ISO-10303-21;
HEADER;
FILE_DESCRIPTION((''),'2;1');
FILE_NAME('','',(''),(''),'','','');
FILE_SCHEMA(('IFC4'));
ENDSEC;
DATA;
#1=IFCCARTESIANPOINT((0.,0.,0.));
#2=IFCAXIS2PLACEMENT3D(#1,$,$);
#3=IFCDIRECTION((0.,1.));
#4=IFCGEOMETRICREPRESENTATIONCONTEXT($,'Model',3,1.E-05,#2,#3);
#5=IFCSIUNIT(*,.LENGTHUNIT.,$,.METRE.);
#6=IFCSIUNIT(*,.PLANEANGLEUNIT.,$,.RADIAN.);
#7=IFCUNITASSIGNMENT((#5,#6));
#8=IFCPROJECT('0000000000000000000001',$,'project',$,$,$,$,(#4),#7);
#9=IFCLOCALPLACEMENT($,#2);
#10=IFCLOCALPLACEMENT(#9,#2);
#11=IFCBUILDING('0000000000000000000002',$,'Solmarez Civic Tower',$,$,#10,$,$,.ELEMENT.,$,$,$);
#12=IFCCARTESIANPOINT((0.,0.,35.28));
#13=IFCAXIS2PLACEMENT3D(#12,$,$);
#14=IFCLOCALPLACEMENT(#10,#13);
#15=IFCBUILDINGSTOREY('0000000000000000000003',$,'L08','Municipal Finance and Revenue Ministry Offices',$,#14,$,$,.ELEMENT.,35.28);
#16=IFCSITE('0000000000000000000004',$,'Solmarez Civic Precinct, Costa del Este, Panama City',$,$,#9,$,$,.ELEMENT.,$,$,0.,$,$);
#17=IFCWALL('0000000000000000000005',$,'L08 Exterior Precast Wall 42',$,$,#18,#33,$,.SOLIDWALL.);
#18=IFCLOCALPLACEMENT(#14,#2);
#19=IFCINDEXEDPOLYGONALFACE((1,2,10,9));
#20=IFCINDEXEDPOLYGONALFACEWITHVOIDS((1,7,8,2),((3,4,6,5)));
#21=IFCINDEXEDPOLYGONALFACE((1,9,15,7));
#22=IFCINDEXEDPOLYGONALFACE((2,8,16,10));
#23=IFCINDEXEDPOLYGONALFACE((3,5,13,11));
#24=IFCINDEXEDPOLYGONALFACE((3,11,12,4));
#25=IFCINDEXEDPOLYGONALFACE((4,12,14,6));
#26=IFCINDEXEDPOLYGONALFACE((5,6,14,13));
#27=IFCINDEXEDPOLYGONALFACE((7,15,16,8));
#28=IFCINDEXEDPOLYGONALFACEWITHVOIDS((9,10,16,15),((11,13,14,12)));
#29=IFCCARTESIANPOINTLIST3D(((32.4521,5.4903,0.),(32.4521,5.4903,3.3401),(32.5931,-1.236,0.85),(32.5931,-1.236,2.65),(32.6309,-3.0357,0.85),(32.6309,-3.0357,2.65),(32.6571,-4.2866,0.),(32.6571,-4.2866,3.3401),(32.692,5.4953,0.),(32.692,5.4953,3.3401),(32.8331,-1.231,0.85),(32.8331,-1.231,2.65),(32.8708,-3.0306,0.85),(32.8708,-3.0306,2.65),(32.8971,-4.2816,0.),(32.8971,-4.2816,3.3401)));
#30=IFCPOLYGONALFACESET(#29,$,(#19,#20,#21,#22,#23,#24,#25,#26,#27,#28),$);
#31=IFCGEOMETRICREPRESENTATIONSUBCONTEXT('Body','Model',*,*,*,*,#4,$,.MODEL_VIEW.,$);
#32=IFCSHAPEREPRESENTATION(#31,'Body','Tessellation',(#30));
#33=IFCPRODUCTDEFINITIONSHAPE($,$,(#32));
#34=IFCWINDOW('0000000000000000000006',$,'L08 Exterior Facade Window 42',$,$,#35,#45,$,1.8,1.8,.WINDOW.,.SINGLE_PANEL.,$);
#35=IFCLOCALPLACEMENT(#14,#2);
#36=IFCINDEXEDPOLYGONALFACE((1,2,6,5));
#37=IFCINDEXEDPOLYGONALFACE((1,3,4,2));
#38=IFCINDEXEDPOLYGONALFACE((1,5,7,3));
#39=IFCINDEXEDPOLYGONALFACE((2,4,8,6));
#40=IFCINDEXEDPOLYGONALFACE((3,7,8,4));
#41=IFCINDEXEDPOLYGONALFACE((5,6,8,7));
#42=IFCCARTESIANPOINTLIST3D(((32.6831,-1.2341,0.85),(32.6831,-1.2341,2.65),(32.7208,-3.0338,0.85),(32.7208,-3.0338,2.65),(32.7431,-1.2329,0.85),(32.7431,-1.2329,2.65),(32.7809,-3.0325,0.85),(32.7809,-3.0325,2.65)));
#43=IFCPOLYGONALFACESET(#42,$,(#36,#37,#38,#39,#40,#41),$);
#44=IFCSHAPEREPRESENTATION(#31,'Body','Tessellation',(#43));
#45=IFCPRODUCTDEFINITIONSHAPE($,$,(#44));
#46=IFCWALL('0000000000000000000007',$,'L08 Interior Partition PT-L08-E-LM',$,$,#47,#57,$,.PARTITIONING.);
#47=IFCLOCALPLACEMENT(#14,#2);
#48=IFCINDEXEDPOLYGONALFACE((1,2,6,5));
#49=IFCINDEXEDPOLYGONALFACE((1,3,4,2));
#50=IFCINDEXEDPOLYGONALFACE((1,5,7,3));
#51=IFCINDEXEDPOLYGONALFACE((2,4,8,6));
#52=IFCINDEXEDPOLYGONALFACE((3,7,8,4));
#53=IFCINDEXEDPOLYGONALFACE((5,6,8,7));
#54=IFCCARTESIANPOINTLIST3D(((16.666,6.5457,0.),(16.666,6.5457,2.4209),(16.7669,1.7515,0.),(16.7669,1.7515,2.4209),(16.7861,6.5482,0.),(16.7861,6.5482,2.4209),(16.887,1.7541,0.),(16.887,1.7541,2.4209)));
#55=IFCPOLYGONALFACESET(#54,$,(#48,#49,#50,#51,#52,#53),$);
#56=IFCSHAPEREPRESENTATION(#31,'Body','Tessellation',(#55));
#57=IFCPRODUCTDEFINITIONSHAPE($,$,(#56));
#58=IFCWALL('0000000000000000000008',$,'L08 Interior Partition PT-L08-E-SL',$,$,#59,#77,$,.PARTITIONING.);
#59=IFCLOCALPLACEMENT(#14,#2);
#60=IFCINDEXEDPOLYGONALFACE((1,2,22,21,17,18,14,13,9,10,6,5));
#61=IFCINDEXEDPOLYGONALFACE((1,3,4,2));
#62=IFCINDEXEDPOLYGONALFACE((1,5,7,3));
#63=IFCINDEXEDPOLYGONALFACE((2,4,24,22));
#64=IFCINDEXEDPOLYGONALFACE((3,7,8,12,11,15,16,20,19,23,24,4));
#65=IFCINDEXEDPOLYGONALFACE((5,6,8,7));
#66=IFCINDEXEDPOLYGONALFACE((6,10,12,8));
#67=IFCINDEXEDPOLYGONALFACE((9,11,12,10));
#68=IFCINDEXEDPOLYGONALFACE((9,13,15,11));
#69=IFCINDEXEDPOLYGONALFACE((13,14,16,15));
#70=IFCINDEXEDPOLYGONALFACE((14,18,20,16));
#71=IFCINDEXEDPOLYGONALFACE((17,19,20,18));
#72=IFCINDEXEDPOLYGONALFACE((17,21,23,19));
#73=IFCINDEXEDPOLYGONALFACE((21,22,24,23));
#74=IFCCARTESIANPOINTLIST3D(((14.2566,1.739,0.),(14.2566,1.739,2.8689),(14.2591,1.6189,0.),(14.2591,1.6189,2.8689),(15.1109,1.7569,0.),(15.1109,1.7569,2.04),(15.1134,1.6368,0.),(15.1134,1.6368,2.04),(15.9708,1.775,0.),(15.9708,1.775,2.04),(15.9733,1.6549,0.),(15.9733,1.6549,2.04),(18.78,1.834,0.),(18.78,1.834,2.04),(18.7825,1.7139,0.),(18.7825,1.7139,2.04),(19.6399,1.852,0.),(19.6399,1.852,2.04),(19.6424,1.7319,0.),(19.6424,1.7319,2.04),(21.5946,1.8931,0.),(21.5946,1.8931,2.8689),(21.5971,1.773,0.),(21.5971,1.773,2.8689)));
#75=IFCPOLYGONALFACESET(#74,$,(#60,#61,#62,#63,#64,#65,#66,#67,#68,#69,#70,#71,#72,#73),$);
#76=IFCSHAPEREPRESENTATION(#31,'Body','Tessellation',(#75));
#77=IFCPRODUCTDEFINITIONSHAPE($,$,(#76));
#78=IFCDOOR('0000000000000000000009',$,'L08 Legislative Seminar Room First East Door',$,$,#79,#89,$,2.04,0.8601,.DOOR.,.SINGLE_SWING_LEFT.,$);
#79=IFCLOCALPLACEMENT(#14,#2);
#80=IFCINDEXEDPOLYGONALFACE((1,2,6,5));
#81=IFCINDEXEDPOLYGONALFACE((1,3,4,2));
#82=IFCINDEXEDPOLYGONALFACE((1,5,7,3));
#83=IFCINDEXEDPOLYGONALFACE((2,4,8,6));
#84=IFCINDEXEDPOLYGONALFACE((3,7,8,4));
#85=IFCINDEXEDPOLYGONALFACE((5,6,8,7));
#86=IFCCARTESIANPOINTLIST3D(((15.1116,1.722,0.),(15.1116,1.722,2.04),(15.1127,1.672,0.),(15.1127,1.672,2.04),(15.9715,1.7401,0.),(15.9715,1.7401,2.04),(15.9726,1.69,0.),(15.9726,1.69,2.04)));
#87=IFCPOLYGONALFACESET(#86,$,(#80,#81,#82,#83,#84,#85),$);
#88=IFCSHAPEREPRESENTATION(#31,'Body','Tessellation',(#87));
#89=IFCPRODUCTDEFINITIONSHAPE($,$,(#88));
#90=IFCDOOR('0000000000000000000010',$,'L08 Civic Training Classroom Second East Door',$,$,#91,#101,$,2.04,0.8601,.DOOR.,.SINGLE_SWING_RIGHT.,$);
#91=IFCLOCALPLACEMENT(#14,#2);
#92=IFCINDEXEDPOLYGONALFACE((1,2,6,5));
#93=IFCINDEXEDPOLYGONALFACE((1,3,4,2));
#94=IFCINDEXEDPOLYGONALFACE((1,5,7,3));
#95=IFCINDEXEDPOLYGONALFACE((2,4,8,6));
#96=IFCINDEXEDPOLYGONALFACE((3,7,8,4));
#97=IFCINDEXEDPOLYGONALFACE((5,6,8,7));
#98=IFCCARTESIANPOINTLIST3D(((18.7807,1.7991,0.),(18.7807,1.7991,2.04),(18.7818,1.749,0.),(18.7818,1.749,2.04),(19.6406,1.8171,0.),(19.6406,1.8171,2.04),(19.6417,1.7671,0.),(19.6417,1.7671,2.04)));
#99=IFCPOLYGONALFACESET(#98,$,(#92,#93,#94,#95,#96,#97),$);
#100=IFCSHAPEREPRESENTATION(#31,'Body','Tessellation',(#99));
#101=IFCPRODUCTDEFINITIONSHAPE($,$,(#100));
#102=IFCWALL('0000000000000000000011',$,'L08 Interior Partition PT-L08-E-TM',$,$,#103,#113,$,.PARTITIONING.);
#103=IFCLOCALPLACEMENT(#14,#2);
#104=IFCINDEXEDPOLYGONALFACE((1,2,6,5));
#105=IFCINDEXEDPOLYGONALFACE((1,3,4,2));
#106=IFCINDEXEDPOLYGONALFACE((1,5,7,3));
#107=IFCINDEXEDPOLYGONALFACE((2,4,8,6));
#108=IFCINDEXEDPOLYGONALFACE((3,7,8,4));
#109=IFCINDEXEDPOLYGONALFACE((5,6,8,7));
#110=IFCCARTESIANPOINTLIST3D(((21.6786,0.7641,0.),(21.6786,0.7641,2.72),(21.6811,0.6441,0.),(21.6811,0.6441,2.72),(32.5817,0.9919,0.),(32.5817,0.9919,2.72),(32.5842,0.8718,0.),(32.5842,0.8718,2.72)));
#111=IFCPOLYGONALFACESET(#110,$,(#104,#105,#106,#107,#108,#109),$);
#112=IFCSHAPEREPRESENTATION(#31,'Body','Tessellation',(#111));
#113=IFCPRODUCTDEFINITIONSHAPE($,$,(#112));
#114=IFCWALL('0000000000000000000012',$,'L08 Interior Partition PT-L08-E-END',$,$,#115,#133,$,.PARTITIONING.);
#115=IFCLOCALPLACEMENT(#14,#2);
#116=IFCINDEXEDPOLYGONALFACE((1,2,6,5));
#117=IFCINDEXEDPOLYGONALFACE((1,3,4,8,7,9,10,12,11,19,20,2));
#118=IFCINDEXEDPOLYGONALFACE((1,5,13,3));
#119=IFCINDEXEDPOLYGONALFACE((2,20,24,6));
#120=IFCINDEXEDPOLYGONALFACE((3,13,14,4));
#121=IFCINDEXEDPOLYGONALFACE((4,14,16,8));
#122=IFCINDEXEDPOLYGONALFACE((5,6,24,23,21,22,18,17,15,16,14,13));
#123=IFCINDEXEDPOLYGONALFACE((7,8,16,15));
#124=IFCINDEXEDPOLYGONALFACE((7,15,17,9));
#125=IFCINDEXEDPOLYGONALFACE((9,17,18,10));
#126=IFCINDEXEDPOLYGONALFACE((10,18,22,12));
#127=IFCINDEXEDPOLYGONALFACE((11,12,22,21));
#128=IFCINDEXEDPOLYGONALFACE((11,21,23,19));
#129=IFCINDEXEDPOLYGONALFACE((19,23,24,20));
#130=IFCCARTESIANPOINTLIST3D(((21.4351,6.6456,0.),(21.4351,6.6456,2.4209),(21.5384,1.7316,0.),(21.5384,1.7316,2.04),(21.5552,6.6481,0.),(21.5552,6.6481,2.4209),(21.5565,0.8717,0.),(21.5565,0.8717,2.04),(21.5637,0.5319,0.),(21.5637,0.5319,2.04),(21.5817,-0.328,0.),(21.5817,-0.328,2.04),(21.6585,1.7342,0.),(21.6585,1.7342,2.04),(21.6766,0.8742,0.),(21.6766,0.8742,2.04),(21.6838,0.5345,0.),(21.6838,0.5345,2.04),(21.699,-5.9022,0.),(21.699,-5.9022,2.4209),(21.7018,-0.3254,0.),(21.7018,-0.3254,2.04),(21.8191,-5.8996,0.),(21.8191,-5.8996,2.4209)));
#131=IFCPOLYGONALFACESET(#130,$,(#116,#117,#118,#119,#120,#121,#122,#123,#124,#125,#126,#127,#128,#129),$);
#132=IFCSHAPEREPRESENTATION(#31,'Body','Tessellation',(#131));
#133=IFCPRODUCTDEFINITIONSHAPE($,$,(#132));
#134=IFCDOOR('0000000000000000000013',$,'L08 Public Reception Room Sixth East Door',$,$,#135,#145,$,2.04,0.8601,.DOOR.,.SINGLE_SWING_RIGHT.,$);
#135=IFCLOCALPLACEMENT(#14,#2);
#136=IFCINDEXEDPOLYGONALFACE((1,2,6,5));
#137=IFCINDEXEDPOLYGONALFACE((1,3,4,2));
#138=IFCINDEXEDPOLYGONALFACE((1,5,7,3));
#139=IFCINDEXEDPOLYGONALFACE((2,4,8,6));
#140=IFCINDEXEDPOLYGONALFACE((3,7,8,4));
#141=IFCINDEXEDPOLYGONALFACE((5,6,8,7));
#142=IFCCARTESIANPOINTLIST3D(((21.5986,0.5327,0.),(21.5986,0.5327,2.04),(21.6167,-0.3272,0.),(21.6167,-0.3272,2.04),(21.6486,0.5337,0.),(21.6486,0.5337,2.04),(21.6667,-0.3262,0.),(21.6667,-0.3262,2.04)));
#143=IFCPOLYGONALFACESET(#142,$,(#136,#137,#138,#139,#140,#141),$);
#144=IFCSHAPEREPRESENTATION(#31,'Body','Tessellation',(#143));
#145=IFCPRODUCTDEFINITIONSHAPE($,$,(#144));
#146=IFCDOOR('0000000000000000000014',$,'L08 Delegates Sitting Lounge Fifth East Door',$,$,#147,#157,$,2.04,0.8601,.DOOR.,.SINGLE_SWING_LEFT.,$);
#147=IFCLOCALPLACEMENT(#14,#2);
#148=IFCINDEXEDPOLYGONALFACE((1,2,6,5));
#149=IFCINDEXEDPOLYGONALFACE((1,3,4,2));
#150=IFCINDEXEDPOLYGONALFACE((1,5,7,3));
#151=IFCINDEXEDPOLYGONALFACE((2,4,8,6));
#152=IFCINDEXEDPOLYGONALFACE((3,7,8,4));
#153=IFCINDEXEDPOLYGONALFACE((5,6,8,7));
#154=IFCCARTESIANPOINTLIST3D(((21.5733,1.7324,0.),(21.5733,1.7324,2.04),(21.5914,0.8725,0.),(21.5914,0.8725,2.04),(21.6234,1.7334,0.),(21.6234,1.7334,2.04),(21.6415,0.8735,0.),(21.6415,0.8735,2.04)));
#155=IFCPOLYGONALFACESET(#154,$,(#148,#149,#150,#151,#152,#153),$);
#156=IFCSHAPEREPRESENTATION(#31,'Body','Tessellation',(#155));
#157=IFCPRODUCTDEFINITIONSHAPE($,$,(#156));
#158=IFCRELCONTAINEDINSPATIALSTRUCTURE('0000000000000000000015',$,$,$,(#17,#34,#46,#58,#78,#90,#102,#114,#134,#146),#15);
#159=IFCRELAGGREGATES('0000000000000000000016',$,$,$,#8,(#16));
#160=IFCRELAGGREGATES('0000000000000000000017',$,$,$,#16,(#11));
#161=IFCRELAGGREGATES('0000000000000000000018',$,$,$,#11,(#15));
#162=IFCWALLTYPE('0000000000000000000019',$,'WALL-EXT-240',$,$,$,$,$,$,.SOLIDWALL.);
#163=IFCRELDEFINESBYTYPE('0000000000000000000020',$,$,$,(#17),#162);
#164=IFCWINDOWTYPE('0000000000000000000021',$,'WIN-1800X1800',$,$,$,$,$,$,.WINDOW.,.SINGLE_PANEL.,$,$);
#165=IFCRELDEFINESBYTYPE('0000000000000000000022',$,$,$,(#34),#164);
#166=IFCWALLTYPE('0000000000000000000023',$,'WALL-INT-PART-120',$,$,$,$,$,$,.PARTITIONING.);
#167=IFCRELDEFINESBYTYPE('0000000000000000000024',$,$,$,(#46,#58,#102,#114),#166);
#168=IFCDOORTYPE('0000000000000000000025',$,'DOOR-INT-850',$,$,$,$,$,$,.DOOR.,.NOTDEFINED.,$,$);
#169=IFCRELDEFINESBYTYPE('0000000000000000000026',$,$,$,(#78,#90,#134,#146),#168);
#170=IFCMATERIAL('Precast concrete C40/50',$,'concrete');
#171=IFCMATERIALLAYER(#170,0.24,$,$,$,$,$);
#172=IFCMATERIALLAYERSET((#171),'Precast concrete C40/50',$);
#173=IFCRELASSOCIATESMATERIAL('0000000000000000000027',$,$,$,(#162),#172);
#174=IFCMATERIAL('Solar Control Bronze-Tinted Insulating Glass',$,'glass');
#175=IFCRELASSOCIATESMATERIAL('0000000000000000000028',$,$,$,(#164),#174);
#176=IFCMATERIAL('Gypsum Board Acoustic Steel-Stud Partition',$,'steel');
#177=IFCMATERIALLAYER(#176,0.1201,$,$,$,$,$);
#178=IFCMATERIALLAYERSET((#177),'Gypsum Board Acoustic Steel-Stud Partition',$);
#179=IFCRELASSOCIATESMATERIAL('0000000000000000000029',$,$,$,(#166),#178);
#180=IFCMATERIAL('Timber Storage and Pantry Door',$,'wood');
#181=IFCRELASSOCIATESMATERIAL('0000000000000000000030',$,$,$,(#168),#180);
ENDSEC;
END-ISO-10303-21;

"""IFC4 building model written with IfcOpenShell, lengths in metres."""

from ifc_helpers import new_model, si_unit, direction, frame, frame_2d, origin, place, context, subcontext, project, spatial, rectangle, extrude, material, layer, layer_set, type_object, element, fill, save


model = new_model("IFC4")

# Units and contexts
model_context = context("Model", 3, precision=1e-05, world=origin(), true_north=direction((0.0, 1.0)))
body_context = subcontext(model_context, "Body", "Model", "MODEL_VIEW")
ifc_project = project(units=[si_unit("LENGTHUNIT", "METRE"), si_unit("PLANEANGLEUNIT", "RADIAN")], contexts=[model_context])

# Site, building, storey
site_placement = place(None, origin())
site = spatial("IfcSite", under=ifc_project, at=site_placement, Name="Solmarez Civic Precinct, Costa del Este, Panama City", CompositionType="ELEMENT", RefElevation=0.0)
building_placement = place(site_placement, origin())
building = spatial("IfcBuilding", under=site, at=building_placement, Name="Solmarez Civic Tower", CompositionType="ELEMENT")
storey_placement = place(building_placement, frame((0.0, 0.0, 35.28)))
storey = spatial("IfcBuildingStorey", under=building, at=storey_placement, Name="L08", Description="Municipal Finance and Revenue Ministry Offices", CompositionType="ELEMENT", Elevation=35.28)

# Shared definitions
ifc_material_1 = material(Name="Precast concrete C40/50", Category="concrete")
ifc_layer_1 = layer(ifc_material_1, 0.24)
ifc_layer_set_1 = layer_set([ifc_layer_1], Name="Precast concrete C40/50")
wall_type_1 = type_object("IfcWallType", Name="WALL-EXT-240", PredefinedType="SOLIDWALL", material=ifc_layer_set_1)

# Wall, opening, window
wall_1_placement = place(storey_placement, frame((32.572, 5.4929, 0.0), z_axis=(0.0, 0.0, 1.0), x_axis=(0.020971, -0.99978, 0.0)))
wall_1 = element("IfcWall", 1, at=wall_1_placement, inside=storey, type_object=wall_type_1, Name="L08 Exterior Precast Wall 42", PredefinedType="SOLIDWALL", context=body_context, shape_type="SweptSolid", body=[
    extrude(rectangle(XDim=9.7791, YDim=0.24, at=frame_2d((4.8896, 0.0))), origin(), (0.0, 0.0, 1.0), 3.3401),
])
opening_1_placement = place(wall_1_placement, frame((6.728, 0.0, 0.8501)))
opening_1 = element("IfcOpeningElement", 2, at=opening_1_placement, cuts=wall_1, PredefinedType="OPENING", context=body_context, shape_type="SweptSolid", body=[
    extrude(rectangle(XDim=1.8, YDim=1.8, at=frame_2d((0.8999, 0.8999))), frame((0.0, 0.1299, 0.0), z_axis=(0.0, -1.0, 0.0), x_axis=(1.0, 0.0, 0.0)), (0.0, 0.0, 1.0), 0.26),
])
ifc_material_2 = material(Name="Solar Control Bronze-Tinted Insulating Glass", Category="glass")
window_type = type_object("IfcWindowType", Name="WIN-1800X1800", PartitioningType="SINGLE_PANEL", PredefinedType="WINDOW", material=ifc_material_2)
window_placement = place(opening_1_placement, origin())
window = element("IfcWindow", 3, at=window_placement, inside=storey, type_object=window_type, Name="L08 Exterior Facade Window 42", OverallHeight=1.8, OverallWidth=1.8, PartitioningType="SINGLE_PANEL", PredefinedType="WINDOW", context=body_context, shape_type="SweptSolid", body=[
    extrude(rectangle(XDim=1.8, YDim=1.8, at=frame_2d((0.8999, 0.8999))), frame((0.0, 0.03, 0.0), z_axis=(0.0, -1.0, 0.0), x_axis=(1.0, 0.0, 0.0)), (0.0, 0.0, 1.0), 0.0601),
])
fill(opening_1, window)

# Wall
ifc_material_3 = material(Name="Gypsum Board Acoustic Steel-Stud Partition", Category="steel")
ifc_layer_2 = layer(ifc_material_3, 0.1201)
ifc_layer_set_2 = layer_set([ifc_layer_2], Name="Gypsum Board Acoustic Steel-Stud Partition")
wall_type_2 = type_object("IfcWallType", Name="WALL-INT-PART-120", PredefinedType="PARTITIONING", material=ifc_layer_set_2)
wall_2_placement = place(storey_placement, frame((16.8269, 1.7529, 0.0), z_axis=(0.0, 0.0, 1.0), x_axis=(-0.021027, 0.999779, 0.0)))
element("IfcWall", 4, at=wall_2_placement, inside=storey, type_object=wall_type_2, Name="L08 Interior Partition PT-L08-E-LM", PredefinedType="PARTITIONING", context=body_context, shape_type="SweptSolid", body=[
    extrude(rectangle(XDim=4.7952, YDim=0.1201, at=frame_2d((2.3975, 0.0))), origin(), (0.0, 0.0, 1.0), 2.4209),
])

# Wall, openings, doors
wall_3_placement = place(storey_placement, frame((21.5959, 1.833, 0.0), z_axis=(0.0, 0.0, 1.0), x_axis=(-0.99978, -0.02099, 0.0)))
wall_3 = element("IfcWall", 5, at=wall_3_placement, inside=storey, type_object=wall_type_2, Name="L08 Interior Partition PT-L08-E-SL", PredefinedType="PARTITIONING", context=body_context, shape_type="SweptSolid", body=[
    extrude(rectangle(XDim=7.3396, YDim=0.1201, at=frame_2d((3.6699, 0.0))), origin(), (0.0, 0.0, 1.0), 2.8689),
])
opening_2_placement = place(wall_3_placement, frame((5.625, 0.0, 0.0)))
opening_2 = element("IfcOpeningElement", 6, at=opening_2_placement, cuts=wall_3, PredefinedType="OPENING", context=body_context, shape_type="SweptSolid", body=[
    extrude(rectangle(XDim=0.8601, YDim=2.04, at=frame_2d((0.4302, 1.02))), frame((0.0, 0.0701, 0.0), z_axis=(0.0, -1.0, 0.0), x_axis=(1.0, 0.0, 0.0)), (0.0, 0.0, 1.0), 0.1401),
])
opening_3_placement = place(wall_3_placement, frame((1.9551, 0.0, 0.0)))
opening_3 = element("IfcOpeningElement", 7, at=opening_3_placement, cuts=wall_3, PredefinedType="OPENING", context=body_context, shape_type="SweptSolid", body=[
    extrude(rectangle(XDim=0.8601, YDim=2.04, at=frame_2d((0.4302, 1.02))), frame((0.0, 0.0701, 0.0), z_axis=(0.0, -1.0, 0.0), x_axis=(1.0, 0.0, 0.0)), (0.0, 0.0, 1.0), 0.1401),
])
ifc_material_4 = material(Name="Timber Storage and Pantry Door", Category="wood")
door_type = type_object("IfcDoorType", Name="DOOR-INT-850", OperationType="NOTDEFINED", PredefinedType="DOOR", material=ifc_material_4)
door_1_placement = place(opening_2_placement, origin())
door_1 = element("IfcDoor", 8, at=door_1_placement, inside=storey, type_object=door_type, Name="L08 Legislative Seminar Room First East Door", OperationType="SINGLE_SWING_LEFT", OverallHeight=2.04, OverallWidth=0.8601, PredefinedType="DOOR", context=body_context, shape_type="SweptSolid", body=[
    extrude(rectangle(XDim=0.8601, YDim=2.04, at=frame_2d((0.4302, 1.02))), frame((0.0, 0.0249, 0.0), z_axis=(0.0, -1.0, 0.0), x_axis=(1.0, 0.0, 0.0)), (0.0, 0.0, 1.0), 0.05),
])
fill(opening_2, door_1)
door_2_placement = place(opening_3_placement, origin())
door_2 = element("IfcDoor", 9, at=door_2_placement, inside=storey, type_object=door_type, Name="L08 Civic Training Classroom Second East Door", OperationType="SINGLE_SWING_RIGHT", OverallHeight=2.04, OverallWidth=0.8601, PredefinedType="DOOR", context=body_context, shape_type="SweptSolid", body=[
    extrude(rectangle(XDim=0.8601, YDim=2.04, at=frame_2d((0.4302, 1.02))), frame((0.0, 0.0249, 0.0), z_axis=(0.0, -1.0, 0.0), x_axis=(1.0, 0.0, 0.0)), (0.0, 0.0, 1.0), 0.05),
])
fill(opening_3, door_2)

# Wall
wall_4_placement = place(storey_placement, frame((21.6799, 0.7041, 0.0), z_axis=(0.0, 0.0, 1.0), x_axis=(0.999782, 0.020887, 0.0)))
element("IfcWall", 10, at=wall_4_placement, inside=storey, type_object=wall_type_2, Name="L08 Interior Partition PT-L08-E-TM", PredefinedType="PARTITIONING", context=body_context, shape_type="SweptSolid", body=[
    extrude(rectangle(XDim=10.9055, YDim=0.1201, at=frame_2d((5.4526, 0.0))), origin(), (0.0, 0.0, 1.0), 2.72),
])

# Wall, openings, doors
wall_5_placement = place(storey_placement, frame((21.4951, 6.647, 0.0), z_axis=(0.0, 0.0, 1.0), x_axis=(0.021028, -0.999779, 0.0)))
wall_5 = element("IfcWall", 11, at=wall_5_placement, inside=storey, type_object=wall_type_2, Name="L08 Interior Partition PT-L08-E-END", PredefinedType="PARTITIONING", context=body_context, shape_type="SweptSolid", body=[
    extrude(rectangle(XDim=12.5505, YDim=0.1201, at=frame_2d((6.2754, 0.0))), origin(), (0.0, 0.0, 1.0), 2.4209),
])
opening_4_placement = place(wall_5_placement, frame((6.115, 0.0, 0.0)))
opening_4 = element("IfcOpeningElement", 12, at=opening_4_placement, cuts=wall_5, PredefinedType="OPENING", context=body_context, shape_type="SweptSolid", body=[
    extrude(rectangle(XDim=0.8601, YDim=2.04, at=frame_2d((0.4302, 1.02))), frame((0.0, 0.0701, 0.0), z_axis=(0.0, -1.0, 0.0), x_axis=(1.0, 0.0, 0.0)), (0.0, 0.0, 1.0), 0.1401),
])
opening_5_placement = place(wall_5_placement, frame((4.915, 0.0, 0.0)))
opening_5 = element("IfcOpeningElement", 13, at=opening_5_placement, cuts=wall_5, PredefinedType="OPENING", context=body_context, shape_type="SweptSolid", body=[
    extrude(rectangle(XDim=0.8601, YDim=2.04, at=frame_2d((0.4302, 1.02))), frame((0.0, 0.0701, 0.0), z_axis=(0.0, -1.0, 0.0), x_axis=(1.0, 0.0, 0.0)), (0.0, 0.0, 1.0), 0.1401),
])
door_3_placement = place(opening_4_placement, origin())
door_3 = element("IfcDoor", 14, at=door_3_placement, inside=storey, type_object=door_type, Name="L08 Public Reception Room Sixth East Door", OperationType="SINGLE_SWING_RIGHT", OverallHeight=2.04, OverallWidth=0.8601, PredefinedType="DOOR", context=body_context, shape_type="SweptSolid", body=[
    extrude(rectangle(XDim=0.8601, YDim=2.04, at=frame_2d((0.4302, 1.02))), frame((0.0, 0.0249, 0.0), z_axis=(0.0, -1.0, 0.0), x_axis=(1.0, 0.0, 0.0)), (0.0, 0.0, 1.0), 0.05),
])
fill(opening_4, door_3)
door_4_placement = place(opening_5_placement, origin())
door_4 = element("IfcDoor", 15, at=door_4_placement, inside=storey, type_object=door_type, Name="L08 Delegates Sitting Lounge Fifth East Door", OperationType="SINGLE_SWING_LEFT", OverallHeight=2.04, OverallWidth=0.8601, PredefinedType="DOOR", context=body_context, shape_type="SweptSolid", body=[
    extrude(rectangle(XDim=0.8601, YDim=2.04, at=frame_2d((0.4302, 1.02))), frame((0.0, 0.0249, 0.0), z_axis=(0.0, -1.0, 0.0), x_axis=(1.0, 0.0, 0.0)), (0.0, 0.0, 1.0), 0.05),
])
fill(opening_5, door_4)

save(model, "model.ifc")
